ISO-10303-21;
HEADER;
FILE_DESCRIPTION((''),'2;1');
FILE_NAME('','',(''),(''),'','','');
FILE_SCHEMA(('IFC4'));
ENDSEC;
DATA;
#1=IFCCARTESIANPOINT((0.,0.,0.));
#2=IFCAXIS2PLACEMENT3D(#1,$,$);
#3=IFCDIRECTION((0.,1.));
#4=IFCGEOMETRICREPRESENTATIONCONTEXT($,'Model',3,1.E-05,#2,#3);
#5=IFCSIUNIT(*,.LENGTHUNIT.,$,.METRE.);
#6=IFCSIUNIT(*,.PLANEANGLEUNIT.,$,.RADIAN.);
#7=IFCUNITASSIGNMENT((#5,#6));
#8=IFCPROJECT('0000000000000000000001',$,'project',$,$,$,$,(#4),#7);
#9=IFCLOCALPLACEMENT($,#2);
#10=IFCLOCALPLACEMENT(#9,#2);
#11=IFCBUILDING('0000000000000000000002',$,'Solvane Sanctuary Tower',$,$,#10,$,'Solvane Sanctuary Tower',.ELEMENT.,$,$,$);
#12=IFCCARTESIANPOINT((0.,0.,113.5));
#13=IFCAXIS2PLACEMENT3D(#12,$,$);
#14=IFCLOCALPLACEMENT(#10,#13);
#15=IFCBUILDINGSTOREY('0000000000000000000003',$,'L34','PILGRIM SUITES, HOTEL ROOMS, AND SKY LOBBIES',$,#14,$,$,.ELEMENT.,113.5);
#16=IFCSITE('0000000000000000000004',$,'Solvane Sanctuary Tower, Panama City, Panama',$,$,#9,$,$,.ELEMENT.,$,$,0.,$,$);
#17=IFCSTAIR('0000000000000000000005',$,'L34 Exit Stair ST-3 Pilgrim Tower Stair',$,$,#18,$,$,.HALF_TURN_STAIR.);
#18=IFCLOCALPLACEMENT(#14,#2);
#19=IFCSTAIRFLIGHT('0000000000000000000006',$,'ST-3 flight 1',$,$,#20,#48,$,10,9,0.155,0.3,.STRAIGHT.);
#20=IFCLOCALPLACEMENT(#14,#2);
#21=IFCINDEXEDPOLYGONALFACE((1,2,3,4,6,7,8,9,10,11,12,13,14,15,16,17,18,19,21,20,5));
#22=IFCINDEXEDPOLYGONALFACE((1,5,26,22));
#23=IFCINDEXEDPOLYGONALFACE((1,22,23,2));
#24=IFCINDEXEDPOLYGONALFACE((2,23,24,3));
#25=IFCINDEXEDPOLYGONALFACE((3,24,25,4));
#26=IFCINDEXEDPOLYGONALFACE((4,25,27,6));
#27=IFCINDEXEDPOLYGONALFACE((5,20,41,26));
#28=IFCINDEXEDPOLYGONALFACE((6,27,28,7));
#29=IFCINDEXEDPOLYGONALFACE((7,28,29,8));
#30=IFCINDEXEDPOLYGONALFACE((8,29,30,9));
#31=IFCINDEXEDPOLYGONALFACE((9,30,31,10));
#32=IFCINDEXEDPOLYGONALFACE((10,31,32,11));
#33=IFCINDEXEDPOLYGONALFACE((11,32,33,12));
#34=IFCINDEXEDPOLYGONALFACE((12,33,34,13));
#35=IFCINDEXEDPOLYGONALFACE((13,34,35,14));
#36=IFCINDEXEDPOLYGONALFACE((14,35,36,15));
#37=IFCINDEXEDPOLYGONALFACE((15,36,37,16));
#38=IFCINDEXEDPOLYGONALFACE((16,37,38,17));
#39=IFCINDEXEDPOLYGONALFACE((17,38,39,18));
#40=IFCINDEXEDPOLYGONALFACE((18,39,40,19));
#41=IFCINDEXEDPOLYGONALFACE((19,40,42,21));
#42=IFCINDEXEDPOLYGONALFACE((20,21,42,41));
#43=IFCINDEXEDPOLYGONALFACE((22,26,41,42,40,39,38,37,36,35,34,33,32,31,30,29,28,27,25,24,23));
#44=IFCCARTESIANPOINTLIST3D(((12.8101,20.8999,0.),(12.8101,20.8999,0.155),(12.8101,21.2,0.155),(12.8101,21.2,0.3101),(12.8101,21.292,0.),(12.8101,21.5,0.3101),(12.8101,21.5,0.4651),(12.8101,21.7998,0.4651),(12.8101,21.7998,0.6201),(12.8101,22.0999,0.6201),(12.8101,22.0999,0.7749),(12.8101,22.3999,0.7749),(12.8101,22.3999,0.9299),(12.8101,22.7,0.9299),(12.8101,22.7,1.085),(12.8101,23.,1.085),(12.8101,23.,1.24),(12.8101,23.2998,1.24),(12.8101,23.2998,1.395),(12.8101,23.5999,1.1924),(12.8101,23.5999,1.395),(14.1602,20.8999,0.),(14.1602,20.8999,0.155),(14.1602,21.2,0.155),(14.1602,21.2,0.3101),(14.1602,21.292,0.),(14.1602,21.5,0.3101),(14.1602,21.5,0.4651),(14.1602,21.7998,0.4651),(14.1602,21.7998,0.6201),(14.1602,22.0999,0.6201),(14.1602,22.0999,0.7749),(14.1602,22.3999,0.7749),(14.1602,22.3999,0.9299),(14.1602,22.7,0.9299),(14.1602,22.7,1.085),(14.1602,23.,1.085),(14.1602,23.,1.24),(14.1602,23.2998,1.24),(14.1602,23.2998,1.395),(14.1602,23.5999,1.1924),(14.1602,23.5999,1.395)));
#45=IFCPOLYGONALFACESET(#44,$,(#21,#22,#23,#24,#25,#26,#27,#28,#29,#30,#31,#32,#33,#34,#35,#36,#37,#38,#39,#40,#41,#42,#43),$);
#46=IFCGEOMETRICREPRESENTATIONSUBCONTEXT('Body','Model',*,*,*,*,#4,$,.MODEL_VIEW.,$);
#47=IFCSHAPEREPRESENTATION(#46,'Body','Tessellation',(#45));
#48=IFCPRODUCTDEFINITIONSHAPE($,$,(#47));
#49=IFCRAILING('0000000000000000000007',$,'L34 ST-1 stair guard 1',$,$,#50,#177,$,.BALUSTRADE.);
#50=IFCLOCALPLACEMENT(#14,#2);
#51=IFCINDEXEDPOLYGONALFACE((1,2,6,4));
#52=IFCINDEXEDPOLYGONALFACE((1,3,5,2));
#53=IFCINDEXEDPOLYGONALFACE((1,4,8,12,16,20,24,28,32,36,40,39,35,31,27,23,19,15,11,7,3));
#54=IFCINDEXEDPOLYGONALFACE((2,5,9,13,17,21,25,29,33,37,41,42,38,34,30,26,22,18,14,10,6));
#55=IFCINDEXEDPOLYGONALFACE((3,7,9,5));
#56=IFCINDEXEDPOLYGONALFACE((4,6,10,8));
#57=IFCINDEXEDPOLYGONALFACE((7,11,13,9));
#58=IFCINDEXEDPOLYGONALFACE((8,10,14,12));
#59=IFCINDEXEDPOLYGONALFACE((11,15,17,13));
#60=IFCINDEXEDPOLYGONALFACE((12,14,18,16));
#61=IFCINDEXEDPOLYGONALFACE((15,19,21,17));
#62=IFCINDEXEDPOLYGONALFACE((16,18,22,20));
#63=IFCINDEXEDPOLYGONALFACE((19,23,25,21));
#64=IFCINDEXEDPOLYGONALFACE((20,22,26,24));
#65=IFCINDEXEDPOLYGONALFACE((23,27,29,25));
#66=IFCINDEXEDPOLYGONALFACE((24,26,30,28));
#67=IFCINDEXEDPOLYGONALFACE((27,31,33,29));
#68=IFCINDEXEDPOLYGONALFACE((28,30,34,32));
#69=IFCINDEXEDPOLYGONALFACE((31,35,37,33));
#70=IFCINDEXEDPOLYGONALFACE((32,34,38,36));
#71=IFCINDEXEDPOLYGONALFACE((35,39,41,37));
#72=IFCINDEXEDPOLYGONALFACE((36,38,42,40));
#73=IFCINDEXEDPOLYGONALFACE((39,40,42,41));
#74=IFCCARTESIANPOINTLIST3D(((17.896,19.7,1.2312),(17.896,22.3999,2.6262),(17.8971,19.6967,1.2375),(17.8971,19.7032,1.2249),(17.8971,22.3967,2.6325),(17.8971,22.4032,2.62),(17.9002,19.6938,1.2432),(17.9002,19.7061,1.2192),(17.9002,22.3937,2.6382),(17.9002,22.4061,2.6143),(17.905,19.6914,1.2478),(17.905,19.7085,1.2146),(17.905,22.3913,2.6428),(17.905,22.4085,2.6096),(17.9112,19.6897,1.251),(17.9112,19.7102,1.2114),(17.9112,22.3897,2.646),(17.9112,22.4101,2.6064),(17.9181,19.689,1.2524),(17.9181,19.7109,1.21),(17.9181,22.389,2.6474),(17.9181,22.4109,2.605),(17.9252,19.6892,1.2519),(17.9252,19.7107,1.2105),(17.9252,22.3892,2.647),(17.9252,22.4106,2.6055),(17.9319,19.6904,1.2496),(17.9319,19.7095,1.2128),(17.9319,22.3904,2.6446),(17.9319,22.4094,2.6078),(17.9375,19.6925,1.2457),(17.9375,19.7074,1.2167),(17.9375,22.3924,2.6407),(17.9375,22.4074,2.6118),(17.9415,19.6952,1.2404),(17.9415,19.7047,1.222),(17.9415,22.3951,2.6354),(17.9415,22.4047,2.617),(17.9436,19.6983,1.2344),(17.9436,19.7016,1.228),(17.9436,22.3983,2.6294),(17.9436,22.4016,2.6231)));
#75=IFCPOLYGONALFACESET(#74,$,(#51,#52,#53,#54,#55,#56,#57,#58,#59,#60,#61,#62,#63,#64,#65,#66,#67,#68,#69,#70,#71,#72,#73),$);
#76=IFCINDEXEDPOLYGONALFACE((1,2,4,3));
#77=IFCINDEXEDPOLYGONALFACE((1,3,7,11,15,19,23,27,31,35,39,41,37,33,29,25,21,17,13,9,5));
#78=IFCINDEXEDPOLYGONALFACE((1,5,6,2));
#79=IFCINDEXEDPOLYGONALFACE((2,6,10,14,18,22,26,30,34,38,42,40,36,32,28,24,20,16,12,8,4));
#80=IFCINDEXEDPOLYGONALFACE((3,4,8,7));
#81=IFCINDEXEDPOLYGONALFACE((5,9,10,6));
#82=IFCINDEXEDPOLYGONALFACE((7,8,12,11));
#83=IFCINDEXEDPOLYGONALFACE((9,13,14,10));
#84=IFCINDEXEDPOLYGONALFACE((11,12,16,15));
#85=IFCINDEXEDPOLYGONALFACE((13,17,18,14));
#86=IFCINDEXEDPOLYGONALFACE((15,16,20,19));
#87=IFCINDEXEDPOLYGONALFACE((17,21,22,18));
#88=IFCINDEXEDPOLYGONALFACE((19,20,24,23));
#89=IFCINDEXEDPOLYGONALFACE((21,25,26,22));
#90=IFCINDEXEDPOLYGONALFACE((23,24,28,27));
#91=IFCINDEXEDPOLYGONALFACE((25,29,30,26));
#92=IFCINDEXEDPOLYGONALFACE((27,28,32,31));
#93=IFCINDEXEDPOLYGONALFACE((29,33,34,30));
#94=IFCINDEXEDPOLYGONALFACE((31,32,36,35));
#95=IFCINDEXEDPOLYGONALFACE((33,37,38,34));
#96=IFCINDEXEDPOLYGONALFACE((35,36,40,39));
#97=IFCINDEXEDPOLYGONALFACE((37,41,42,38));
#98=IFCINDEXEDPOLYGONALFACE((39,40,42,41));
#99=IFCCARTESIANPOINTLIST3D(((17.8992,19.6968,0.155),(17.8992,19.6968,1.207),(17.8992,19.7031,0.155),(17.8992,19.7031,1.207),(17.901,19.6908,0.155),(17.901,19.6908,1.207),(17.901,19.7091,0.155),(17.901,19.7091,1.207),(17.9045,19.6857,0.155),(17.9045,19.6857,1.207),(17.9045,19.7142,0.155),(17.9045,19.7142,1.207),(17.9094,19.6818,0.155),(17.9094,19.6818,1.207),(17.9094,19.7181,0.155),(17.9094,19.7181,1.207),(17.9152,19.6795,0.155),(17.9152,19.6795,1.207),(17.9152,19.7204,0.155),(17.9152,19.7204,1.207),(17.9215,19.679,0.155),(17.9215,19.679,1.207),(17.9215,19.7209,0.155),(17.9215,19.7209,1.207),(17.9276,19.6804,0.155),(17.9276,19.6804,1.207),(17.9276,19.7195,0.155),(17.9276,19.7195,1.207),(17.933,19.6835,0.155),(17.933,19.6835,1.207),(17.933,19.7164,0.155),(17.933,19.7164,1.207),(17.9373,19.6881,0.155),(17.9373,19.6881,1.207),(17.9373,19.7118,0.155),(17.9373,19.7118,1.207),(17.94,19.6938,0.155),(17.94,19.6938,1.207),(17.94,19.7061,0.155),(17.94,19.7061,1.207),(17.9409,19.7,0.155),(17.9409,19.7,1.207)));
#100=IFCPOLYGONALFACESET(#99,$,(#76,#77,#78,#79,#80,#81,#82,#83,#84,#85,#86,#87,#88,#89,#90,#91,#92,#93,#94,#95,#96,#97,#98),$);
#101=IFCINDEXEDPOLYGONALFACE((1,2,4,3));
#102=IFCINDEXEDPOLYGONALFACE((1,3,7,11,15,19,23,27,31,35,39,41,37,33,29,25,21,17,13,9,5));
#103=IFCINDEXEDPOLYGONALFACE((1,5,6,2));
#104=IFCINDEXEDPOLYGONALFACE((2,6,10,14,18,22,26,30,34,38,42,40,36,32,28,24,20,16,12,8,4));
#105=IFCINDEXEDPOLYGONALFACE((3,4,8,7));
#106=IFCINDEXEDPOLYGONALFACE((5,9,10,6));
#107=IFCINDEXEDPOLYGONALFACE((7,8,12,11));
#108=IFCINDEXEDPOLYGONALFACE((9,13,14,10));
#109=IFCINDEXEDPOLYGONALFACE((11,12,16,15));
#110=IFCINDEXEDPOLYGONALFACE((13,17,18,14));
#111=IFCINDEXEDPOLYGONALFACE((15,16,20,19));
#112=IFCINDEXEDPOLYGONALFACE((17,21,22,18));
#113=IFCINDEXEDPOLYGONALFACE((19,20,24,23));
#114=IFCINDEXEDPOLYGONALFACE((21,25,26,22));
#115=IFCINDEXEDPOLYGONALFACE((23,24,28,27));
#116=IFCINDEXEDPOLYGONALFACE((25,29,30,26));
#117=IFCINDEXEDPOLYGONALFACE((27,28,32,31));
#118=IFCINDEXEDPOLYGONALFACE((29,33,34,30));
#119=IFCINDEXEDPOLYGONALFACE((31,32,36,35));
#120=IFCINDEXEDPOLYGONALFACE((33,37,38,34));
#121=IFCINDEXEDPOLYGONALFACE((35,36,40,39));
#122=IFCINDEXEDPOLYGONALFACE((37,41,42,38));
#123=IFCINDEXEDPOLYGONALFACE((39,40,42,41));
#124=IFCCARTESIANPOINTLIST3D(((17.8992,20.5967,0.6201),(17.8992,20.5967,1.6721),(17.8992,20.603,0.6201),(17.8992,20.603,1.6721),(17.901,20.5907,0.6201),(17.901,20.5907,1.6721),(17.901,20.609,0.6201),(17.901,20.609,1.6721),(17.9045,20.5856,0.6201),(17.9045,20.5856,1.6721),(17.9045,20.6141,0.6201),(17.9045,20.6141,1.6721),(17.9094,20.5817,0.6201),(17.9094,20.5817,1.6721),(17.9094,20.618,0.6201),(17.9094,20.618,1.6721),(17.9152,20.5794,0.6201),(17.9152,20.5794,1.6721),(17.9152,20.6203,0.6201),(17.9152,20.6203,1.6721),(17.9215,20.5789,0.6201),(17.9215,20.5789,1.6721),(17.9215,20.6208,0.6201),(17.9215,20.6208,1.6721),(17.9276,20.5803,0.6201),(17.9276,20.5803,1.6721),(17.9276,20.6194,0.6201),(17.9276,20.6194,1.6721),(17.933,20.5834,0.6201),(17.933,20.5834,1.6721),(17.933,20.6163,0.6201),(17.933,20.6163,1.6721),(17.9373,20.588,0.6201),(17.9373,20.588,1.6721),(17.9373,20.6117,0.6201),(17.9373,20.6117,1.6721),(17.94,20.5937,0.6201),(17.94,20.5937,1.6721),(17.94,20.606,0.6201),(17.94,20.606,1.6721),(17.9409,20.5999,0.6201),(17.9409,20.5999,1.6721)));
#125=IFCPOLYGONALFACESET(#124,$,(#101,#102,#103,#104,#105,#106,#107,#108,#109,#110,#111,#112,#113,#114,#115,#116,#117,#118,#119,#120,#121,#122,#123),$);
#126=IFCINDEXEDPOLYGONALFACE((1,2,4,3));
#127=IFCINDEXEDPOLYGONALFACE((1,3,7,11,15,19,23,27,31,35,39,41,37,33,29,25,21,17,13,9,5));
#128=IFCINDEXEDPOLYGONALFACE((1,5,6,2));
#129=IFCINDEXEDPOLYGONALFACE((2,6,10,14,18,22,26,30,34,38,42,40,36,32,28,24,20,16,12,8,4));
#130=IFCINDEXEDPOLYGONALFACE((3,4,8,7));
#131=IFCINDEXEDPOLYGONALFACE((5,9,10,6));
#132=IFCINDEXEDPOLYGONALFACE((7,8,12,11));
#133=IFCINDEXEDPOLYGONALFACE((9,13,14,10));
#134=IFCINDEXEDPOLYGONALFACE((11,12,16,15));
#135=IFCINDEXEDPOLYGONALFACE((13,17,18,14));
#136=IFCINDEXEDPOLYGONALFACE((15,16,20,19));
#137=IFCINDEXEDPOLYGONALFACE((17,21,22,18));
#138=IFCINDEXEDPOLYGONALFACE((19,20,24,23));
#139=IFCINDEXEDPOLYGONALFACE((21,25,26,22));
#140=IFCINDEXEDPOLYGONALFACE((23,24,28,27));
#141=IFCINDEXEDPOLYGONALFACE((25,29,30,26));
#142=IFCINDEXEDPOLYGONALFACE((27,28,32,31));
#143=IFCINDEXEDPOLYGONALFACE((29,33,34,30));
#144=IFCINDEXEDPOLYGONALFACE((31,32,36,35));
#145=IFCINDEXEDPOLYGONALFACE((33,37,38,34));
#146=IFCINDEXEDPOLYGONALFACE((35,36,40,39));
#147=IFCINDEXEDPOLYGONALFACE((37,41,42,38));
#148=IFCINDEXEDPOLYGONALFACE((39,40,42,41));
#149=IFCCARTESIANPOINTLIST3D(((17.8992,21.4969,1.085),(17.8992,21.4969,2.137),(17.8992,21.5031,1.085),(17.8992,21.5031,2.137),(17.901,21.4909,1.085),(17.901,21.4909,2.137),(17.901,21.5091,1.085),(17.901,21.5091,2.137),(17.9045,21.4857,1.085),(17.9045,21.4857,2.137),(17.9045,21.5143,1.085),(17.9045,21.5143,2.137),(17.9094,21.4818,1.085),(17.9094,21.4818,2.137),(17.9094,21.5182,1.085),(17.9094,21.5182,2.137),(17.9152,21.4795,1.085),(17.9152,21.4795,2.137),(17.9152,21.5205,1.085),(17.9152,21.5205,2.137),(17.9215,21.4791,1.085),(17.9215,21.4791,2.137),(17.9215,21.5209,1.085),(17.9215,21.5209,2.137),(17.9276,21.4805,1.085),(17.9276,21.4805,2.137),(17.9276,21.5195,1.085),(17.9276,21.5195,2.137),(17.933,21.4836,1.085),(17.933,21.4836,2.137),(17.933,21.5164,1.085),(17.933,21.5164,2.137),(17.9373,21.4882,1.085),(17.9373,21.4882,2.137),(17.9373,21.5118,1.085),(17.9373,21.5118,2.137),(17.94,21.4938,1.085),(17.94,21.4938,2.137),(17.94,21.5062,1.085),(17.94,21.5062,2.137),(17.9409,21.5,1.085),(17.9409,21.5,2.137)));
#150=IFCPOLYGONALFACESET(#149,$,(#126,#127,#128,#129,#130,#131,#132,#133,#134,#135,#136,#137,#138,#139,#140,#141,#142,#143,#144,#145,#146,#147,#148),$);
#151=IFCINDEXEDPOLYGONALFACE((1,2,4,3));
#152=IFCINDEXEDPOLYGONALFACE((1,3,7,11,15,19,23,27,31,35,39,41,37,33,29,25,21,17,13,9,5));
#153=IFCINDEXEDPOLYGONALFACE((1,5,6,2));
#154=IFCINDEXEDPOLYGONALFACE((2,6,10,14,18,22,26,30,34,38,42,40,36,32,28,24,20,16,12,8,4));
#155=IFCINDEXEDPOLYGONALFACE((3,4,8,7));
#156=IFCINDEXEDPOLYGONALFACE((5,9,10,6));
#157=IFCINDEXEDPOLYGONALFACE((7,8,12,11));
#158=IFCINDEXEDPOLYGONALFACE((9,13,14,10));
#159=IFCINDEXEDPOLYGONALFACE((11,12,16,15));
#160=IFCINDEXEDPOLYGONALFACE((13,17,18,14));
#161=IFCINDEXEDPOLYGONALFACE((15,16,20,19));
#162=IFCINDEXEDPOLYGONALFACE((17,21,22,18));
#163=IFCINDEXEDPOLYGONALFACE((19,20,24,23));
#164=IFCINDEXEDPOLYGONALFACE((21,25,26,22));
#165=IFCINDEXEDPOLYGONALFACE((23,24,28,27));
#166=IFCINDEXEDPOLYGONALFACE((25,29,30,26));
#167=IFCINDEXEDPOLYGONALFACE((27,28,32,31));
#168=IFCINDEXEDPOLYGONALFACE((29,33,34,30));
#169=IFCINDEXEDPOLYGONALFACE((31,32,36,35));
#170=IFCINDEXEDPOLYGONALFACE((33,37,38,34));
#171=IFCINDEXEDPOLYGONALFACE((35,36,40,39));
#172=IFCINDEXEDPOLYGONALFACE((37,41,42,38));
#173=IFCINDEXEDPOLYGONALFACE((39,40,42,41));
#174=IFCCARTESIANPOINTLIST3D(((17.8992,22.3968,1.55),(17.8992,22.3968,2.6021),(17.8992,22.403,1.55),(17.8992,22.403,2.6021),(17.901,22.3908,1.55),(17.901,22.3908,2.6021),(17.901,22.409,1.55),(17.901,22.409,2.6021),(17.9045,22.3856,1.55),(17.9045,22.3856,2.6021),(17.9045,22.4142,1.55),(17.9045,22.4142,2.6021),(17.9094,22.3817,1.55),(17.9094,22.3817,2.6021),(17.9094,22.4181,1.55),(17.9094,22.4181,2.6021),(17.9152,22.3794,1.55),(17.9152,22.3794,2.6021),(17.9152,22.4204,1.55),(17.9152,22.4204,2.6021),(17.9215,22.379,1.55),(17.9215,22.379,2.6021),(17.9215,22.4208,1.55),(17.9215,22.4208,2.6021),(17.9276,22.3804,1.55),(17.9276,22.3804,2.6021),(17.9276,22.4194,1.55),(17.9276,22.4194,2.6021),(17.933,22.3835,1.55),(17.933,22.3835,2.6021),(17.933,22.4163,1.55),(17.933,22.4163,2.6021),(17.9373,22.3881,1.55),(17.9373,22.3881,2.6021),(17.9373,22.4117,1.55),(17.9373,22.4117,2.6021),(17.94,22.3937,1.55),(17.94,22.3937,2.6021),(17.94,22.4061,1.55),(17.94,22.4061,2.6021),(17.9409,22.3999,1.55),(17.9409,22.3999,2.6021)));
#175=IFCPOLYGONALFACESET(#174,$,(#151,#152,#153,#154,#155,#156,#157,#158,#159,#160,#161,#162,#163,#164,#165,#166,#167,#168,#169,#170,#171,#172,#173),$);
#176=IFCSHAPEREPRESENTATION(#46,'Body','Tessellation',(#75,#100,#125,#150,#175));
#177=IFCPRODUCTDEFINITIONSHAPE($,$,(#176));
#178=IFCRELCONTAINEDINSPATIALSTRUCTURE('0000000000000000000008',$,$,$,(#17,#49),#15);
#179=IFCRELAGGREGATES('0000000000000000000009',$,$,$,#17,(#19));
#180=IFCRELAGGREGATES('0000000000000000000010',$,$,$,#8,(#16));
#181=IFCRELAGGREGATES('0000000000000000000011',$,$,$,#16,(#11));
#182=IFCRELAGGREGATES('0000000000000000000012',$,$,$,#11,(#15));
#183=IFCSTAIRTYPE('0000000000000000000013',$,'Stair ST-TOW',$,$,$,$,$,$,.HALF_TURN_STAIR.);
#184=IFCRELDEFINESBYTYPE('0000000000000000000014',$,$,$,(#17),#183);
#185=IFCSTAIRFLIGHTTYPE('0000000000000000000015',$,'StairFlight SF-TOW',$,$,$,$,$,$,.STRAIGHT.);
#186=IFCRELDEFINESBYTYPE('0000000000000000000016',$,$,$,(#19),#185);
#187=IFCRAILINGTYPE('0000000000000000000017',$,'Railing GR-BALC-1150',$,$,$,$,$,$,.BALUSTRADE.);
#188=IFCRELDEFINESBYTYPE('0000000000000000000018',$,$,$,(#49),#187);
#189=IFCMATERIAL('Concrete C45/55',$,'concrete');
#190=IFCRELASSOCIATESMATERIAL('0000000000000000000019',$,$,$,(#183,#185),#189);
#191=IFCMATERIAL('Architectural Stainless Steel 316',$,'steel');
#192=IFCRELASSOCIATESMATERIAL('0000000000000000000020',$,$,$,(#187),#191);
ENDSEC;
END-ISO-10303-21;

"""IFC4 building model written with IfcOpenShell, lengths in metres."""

from ifc_helpers import new_model, si_unit, direction, frame, origin, origin_2d, place, context, subcontext, project, spatial, polyline, circle, outline, extrude, material, type_object, element, aggregate, save


model = new_model("IFC4")

# Units and contexts
model_context = context("Model", 3, precision=1e-05, world=origin(), true_north=direction((0.0, 1.0)))
body_context = subcontext(model_context, "Body", "Model", "MODEL_VIEW")
ifc_project = project(units=[si_unit("LENGTHUNIT", "METRE"), si_unit("PLANEANGLEUNIT", "RADIAN")], contexts=[model_context])

# Site, building, storey
site_placement = place(None, origin())
site = spatial("IfcSite", under=ifc_project, at=site_placement, Name="Solvane Sanctuary Tower, Panama City, Panama", CompositionType="ELEMENT", RefElevation=0.0)
building_placement = place(site_placement, origin())
building = spatial("IfcBuilding", under=site, at=building_placement, Name="Solvane Sanctuary Tower", LongName="Solvane Sanctuary Tower", CompositionType="ELEMENT")
storey_placement = place(building_placement, frame((0.0, 0.0, 113.5)))
storey = spatial("IfcBuildingStorey", under=building, at=storey_placement, Name="L34", Description="PILGRIM SUITES, HOTEL ROOMS, AND SKY LOBBIES", CompositionType="ELEMENT", Elevation=113.5)

# Shared definitions
ifc_material_1 = material(Name="Architectural Stainless Steel 316", Category="steel")

# Stair, stair flight
ifc_material_2 = material(Name="Concrete C45/55", Category="concrete")
stair_type = type_object("IfcStairType", Name="Stair ST-TOW", PredefinedType="HALF_TURN_STAIR", material=ifc_material_2)
stair_flight_type = type_object("IfcStairFlightType", Name="StairFlight SF-TOW", PredefinedType="STRAIGHT", material=ifc_material_2)
stair_1_placement = place(storey_placement, origin())
stair_1 = element("IfcStair", 1, at=stair_1_placement, inside=storey, type_object=stair_type, Name="L34 Exit Stair ST-3 Pilgrim Tower Stair", PredefinedType="HALF_TURN_STAIR")
stair_flight_1_placement = place(storey_placement, frame((13.4851, 20.8999, 0.0), z_axis=(0.0, 0.0, 1.0), x_axis=(0.0, 1.0, 0.0)))
stair_flight_1 = element("IfcStairFlight", 2, at=stair_flight_1_placement, type_object=stair_flight_type, Name="ST-3 flight 1", NumberOfRisers=10, NumberOfTreads=9, PredefinedType="STRAIGHT", RiserHeight=0.155, TreadLength=0.3, context=body_context, shape_type="SweptSolid", body=[
    extrude(outline(polyline([(0.0, 0.0), (0.0, 0.155), (0.3, 0.155), (0.3, 0.3101), (0.6001, 0.3101), (0.6001, 0.4651), (0.8999, 0.4651), (0.8999, 0.6201), (1.2, 0.6201), (1.2, 0.7749), (1.5, 0.7749), (1.5, 0.9299), (1.8, 0.9299), (1.8, 1.085), (2.1001, 1.085), (2.1001, 1.24), (2.3999, 1.24), (2.3999, 1.395), (2.7, 1.395), (2.7, 1.55), (2.7, 1.1924), (0.3921, 0.0), (0.0, 0.0)])), frame((0.0, 0.675, 0.0), z_axis=(0.0, -1.0, 0.0), x_axis=(1.0, 0.0, 0.0)), (0.0, 0.0, 1.0), 1.3501),
])
aggregate(stair_1, [stair_flight_1])

# Railing
railing_type = type_object("IfcRailingType", Name="Railing GR-BALC-1150", PredefinedType="BALUSTRADE", material=ifc_material_1)
railing_1_placement = place(storey_placement, frame((17.9199, 19.7, 0.155)))
element("IfcRailing", 3, at=railing_1_placement, inside=storey, type_object=railing_type, Name="L34 ST-1 stair guard 1", PredefinedType="BALUSTRADE", context=body_context, shape_type="SweptSolid", body=[
    extrude(circle(Radius=0.0239, at=origin_2d()), frame((0.0, 0.0, 1.0762), z_axis=(0.0, 0.88842, 0.459032), x_axis=(-1.0, 0.0, 0.0)), (0.0, 0.0, 1.0), 3.0391),
    extrude(circle(Radius=0.021, at=origin_2d()), origin(), (0.0, 0.0, 1.0), 1.052),
    extrude(circle(Radius=0.021, at=origin_2d()), frame((0.0, 0.8999, 0.4651)), (0.0, 0.0, 1.0), 1.052),
    extrude(circle(Radius=0.021, at=origin_2d()), frame((0.0, 1.8, 0.9299)), (0.0, 0.0, 1.0), 1.052),
    extrude(circle(Radius=0.021, at=origin_2d()), frame((0.0, 2.7, 1.395)), (0.0, 0.0, 1.0), 1.052),
])

save(model, "model.ifc")
